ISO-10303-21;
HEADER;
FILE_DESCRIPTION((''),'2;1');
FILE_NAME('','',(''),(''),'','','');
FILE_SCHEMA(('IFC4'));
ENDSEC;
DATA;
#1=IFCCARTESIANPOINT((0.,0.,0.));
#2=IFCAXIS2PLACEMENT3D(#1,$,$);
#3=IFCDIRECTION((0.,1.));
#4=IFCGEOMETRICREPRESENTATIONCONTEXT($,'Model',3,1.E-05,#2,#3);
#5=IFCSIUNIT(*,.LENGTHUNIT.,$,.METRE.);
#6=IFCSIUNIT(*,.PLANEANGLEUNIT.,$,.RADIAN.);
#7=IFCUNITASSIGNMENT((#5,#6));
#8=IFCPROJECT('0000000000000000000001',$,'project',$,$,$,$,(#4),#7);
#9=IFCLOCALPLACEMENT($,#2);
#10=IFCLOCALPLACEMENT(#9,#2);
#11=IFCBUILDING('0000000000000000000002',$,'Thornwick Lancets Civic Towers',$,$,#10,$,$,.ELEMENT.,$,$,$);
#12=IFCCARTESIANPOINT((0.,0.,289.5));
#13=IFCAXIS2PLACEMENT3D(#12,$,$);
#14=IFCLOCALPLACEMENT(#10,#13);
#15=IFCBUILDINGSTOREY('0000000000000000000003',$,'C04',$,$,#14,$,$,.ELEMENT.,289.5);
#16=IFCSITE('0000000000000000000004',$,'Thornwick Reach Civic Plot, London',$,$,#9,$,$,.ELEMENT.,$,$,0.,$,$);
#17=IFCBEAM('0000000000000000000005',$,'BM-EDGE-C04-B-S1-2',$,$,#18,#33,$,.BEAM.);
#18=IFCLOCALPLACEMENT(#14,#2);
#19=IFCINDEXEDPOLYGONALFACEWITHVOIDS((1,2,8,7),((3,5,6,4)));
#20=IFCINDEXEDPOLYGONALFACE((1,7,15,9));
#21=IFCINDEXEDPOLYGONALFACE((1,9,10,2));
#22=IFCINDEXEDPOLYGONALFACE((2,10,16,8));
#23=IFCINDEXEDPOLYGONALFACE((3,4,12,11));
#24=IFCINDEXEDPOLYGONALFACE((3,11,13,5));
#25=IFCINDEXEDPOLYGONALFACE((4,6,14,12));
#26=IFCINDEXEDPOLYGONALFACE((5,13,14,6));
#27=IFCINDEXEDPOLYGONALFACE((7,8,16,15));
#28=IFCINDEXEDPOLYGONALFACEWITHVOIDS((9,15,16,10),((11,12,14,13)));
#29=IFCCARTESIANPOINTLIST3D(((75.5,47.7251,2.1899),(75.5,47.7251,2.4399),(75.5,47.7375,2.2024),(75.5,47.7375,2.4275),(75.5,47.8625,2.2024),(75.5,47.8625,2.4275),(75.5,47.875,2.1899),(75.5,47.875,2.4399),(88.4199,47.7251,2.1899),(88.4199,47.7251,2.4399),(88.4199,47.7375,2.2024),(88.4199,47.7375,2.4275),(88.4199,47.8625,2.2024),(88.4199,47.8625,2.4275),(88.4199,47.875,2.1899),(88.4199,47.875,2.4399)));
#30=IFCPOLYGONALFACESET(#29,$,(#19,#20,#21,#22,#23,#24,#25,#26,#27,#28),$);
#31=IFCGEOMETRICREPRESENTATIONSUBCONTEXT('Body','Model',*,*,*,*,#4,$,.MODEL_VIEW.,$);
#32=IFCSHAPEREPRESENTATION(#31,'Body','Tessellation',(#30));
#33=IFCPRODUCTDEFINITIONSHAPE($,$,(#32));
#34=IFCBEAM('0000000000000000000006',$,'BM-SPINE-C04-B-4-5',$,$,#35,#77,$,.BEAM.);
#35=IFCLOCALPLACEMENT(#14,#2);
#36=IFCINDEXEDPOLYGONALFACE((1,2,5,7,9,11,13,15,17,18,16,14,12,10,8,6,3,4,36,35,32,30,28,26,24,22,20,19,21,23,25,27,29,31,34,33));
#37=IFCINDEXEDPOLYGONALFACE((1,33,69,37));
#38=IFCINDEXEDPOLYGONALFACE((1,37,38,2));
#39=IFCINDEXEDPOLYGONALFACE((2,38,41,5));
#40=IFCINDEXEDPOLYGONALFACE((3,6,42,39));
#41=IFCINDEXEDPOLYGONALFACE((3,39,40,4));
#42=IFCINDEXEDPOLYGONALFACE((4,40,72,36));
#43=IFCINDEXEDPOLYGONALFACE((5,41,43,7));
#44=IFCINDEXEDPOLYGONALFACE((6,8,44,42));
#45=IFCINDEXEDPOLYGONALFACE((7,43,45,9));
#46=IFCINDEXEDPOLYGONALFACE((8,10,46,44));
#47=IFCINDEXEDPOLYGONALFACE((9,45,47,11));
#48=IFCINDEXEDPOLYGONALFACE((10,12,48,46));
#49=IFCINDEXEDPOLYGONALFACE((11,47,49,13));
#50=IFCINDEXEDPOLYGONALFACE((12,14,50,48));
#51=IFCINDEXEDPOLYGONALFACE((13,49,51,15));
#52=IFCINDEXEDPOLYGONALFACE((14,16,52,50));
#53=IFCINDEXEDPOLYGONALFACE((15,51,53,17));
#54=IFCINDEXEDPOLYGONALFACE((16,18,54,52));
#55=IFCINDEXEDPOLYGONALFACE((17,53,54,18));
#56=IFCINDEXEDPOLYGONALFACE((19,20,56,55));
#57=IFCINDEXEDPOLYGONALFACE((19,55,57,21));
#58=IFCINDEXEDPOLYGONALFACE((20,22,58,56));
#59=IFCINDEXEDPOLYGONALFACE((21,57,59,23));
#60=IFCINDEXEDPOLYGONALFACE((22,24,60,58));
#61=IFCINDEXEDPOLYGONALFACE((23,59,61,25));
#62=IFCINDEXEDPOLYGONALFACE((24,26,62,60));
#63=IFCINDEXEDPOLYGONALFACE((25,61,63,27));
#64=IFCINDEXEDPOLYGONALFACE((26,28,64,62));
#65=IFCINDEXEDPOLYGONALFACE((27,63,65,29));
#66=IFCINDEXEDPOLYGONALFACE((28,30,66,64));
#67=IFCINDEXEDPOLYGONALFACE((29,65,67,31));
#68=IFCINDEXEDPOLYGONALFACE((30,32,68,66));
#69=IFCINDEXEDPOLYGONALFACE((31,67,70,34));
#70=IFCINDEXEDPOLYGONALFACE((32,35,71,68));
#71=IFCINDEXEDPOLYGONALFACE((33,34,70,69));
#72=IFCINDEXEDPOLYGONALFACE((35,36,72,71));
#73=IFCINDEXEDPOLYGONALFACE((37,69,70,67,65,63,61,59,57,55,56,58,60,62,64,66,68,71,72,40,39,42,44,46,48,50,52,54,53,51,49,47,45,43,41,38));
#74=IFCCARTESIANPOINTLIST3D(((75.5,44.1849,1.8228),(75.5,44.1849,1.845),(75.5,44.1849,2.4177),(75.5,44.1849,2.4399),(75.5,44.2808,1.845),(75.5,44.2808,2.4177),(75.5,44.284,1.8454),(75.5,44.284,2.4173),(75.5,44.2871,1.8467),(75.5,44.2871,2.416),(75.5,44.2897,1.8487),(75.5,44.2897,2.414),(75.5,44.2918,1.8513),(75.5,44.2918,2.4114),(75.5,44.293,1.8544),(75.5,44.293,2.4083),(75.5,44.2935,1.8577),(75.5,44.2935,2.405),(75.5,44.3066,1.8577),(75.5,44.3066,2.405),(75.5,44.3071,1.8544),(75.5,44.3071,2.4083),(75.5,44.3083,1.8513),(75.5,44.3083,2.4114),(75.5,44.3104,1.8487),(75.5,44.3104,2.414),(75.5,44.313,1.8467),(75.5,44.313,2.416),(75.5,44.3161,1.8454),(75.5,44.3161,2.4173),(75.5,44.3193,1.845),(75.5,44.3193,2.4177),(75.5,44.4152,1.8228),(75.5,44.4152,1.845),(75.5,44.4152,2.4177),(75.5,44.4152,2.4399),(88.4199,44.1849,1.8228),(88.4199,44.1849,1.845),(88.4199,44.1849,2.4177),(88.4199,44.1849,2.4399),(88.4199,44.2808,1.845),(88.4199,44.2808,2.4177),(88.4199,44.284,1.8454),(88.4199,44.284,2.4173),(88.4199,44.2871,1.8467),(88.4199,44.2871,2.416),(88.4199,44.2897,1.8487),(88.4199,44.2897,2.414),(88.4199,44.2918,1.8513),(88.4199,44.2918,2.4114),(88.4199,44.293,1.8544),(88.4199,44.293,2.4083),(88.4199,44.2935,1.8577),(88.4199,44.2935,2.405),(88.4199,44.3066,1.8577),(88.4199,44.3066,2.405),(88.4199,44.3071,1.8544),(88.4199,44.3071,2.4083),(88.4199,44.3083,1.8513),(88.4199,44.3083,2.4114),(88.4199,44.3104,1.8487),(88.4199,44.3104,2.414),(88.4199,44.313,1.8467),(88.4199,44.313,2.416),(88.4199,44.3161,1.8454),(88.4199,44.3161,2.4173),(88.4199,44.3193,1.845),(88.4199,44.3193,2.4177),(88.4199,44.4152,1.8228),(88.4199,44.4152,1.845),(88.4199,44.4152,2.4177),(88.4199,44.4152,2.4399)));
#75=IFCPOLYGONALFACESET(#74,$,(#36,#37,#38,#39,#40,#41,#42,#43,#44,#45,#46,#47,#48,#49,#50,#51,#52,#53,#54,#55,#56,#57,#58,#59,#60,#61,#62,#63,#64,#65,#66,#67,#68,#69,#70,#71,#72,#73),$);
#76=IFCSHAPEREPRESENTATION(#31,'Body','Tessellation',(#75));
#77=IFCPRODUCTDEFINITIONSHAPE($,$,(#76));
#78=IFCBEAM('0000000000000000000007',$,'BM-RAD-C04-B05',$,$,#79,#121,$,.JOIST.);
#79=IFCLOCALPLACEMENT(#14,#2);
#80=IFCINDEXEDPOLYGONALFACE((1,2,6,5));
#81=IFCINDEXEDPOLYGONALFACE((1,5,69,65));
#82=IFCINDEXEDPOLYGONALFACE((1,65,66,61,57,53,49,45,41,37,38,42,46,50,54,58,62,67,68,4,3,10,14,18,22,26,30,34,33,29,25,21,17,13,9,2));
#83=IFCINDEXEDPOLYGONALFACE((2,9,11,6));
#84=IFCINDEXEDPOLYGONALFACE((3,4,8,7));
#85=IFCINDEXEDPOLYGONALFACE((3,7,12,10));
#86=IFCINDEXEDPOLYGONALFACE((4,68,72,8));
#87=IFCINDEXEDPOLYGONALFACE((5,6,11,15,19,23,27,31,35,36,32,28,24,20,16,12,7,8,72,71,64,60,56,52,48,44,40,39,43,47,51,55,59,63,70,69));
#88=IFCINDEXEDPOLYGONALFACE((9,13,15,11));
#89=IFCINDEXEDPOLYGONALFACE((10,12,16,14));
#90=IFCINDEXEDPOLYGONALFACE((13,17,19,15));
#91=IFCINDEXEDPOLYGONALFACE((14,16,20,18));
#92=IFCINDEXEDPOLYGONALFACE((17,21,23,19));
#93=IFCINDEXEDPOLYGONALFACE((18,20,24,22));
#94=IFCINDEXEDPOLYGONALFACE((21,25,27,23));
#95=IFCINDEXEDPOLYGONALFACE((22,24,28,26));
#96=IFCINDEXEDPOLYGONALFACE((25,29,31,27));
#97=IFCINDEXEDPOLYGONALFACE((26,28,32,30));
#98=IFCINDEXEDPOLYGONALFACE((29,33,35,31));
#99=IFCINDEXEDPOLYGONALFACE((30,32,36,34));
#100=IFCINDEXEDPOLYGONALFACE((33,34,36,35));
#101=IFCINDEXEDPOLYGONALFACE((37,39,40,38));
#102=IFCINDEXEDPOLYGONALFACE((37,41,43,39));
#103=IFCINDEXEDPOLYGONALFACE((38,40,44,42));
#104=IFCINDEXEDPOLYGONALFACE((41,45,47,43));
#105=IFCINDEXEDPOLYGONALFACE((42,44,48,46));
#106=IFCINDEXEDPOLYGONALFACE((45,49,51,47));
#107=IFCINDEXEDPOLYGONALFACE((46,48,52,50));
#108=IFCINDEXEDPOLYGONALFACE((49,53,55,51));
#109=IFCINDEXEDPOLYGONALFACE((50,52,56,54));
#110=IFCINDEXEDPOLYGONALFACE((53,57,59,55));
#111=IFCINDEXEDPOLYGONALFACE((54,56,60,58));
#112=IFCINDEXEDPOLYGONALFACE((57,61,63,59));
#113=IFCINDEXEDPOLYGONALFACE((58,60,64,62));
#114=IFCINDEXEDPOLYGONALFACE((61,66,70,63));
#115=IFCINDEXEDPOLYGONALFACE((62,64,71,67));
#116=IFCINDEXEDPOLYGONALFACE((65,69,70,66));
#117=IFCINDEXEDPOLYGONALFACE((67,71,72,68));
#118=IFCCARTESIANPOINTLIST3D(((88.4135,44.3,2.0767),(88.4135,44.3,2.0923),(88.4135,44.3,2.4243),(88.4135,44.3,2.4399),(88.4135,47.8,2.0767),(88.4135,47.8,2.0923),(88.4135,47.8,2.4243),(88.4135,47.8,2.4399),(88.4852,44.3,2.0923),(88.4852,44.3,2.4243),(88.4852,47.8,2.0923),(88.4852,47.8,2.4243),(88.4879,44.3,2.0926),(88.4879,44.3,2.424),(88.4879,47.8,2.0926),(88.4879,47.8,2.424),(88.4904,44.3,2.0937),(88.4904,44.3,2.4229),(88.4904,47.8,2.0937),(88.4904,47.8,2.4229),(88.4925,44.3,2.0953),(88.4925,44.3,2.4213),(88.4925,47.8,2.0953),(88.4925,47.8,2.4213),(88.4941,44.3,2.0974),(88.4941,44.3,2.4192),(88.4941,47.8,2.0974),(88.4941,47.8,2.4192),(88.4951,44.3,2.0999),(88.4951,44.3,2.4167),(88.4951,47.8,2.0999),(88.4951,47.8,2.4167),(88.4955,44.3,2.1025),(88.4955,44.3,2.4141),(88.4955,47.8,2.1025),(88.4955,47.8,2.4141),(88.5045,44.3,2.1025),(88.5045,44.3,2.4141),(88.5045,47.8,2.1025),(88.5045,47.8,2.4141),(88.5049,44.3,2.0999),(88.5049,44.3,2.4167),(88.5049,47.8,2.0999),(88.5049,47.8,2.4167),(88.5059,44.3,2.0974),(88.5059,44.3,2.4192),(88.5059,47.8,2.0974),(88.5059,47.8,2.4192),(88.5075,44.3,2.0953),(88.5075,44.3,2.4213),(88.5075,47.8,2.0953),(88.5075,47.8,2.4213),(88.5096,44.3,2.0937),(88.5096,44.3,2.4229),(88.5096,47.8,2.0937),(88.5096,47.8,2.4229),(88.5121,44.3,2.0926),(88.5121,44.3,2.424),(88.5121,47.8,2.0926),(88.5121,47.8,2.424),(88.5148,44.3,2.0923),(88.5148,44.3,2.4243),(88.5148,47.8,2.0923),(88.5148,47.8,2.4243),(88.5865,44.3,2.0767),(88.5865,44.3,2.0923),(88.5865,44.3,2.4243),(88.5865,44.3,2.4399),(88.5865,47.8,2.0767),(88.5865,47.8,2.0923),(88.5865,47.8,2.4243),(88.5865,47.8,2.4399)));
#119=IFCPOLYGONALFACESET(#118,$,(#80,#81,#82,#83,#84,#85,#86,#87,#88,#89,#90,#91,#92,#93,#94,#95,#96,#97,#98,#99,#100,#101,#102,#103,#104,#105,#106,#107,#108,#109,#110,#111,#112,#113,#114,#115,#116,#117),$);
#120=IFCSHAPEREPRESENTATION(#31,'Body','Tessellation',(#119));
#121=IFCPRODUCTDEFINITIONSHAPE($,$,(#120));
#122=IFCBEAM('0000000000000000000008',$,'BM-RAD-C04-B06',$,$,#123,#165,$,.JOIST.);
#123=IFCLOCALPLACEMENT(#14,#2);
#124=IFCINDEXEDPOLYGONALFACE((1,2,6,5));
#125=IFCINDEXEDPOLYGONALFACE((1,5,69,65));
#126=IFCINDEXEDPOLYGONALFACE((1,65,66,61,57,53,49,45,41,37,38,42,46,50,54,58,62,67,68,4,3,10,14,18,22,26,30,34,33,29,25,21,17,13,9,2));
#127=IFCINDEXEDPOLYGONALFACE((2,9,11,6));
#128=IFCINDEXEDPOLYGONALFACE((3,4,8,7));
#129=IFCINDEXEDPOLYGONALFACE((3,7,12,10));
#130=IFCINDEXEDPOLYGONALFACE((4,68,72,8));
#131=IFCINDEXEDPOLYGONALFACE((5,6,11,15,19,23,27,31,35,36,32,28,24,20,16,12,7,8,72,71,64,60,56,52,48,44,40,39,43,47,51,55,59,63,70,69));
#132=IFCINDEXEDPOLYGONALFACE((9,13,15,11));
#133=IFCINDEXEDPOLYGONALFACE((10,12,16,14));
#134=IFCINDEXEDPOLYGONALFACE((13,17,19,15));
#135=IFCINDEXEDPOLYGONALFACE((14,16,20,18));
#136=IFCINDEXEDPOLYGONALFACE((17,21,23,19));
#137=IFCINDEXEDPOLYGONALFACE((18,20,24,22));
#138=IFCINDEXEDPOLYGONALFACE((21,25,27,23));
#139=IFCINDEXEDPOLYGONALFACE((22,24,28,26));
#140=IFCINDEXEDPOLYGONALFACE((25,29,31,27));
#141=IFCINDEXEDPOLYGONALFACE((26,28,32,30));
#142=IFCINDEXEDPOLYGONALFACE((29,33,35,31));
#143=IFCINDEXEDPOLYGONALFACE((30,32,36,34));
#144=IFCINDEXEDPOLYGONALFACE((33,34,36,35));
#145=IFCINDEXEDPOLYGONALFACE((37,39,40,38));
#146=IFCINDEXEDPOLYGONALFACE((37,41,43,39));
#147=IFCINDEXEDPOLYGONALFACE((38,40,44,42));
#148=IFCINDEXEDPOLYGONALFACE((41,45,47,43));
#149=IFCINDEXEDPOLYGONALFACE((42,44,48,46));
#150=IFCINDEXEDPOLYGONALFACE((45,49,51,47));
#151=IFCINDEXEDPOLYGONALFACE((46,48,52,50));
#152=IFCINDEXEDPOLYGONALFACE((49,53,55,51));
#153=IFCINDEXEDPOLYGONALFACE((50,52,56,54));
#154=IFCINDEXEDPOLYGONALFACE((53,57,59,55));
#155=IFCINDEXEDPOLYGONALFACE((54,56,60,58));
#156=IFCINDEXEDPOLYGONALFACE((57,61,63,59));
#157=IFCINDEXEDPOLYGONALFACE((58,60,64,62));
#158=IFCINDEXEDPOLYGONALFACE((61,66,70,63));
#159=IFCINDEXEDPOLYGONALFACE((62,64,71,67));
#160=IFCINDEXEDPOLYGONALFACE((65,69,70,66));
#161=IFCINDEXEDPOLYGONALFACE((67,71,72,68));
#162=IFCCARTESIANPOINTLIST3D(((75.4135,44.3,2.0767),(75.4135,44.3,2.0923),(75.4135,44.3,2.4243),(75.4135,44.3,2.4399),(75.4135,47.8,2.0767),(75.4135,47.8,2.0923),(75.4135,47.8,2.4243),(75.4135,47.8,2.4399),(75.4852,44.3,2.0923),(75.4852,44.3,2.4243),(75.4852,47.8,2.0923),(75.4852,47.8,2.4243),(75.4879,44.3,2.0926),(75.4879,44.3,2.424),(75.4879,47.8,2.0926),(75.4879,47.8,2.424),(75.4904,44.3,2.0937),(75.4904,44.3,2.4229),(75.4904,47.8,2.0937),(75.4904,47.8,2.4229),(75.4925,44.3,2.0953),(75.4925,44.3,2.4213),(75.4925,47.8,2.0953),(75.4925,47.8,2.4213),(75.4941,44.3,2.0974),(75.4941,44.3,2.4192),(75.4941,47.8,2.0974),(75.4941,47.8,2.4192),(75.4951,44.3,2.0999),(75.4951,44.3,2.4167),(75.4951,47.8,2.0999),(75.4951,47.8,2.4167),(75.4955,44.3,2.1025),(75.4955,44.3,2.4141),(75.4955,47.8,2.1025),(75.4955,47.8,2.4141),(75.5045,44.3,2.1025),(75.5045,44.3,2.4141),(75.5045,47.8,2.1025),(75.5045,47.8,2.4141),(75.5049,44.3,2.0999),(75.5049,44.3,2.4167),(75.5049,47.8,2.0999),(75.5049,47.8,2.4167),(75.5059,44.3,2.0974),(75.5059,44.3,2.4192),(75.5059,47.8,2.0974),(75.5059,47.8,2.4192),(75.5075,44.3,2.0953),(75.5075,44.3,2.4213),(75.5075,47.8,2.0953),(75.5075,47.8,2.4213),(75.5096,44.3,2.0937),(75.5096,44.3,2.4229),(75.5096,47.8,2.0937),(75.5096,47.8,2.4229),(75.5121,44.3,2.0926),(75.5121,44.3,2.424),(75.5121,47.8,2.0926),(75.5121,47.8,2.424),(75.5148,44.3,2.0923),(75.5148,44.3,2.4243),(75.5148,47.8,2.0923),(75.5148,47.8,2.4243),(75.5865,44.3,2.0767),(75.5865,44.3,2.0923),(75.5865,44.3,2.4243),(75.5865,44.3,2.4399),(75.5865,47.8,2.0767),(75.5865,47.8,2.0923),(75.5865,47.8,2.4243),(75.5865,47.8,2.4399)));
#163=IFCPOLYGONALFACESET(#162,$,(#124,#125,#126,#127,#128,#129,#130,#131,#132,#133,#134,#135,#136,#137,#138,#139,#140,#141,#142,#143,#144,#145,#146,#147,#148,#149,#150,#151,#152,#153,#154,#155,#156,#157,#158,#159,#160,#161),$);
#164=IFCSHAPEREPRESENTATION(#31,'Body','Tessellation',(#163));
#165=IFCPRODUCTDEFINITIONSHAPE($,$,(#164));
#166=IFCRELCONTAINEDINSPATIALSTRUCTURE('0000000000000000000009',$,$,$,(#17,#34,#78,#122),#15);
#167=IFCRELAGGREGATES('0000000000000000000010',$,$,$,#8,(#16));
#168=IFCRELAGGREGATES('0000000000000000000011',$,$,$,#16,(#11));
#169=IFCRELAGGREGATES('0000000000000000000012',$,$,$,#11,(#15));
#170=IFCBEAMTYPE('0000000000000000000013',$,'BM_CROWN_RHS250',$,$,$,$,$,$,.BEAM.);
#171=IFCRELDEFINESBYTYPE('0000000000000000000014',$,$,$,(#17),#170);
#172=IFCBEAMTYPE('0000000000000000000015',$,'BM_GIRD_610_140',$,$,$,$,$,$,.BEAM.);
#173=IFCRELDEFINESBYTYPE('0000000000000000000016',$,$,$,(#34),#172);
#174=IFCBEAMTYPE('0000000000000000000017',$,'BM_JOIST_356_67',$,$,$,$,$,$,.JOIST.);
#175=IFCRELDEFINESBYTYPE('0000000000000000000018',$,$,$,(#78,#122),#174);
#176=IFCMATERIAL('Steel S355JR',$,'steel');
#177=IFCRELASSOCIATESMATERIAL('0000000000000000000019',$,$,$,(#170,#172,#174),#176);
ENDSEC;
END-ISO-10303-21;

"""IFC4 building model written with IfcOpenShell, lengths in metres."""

from ifc_helpers import new_model, si_unit, direction, frame, origin, origin_2d, place, context, subcontext, project, spatial, hollow_rectangle, i_section, extrude, material, material_profile, profile_set, type_object, element, save


model = new_model("IFC4")

# Units and contexts
model_context = context("Model", 3, precision=1e-05, world=origin(), true_north=direction((0.0, 1.0)))
body_context = subcontext(model_context, "Body", "Model", "MODEL_VIEW")
ifc_project = project(units=[si_unit("LENGTHUNIT", "METRE"), si_unit("PLANEANGLEUNIT", "RADIAN")], contexts=[model_context])

# Site, building, storey
site_placement = place(None, origin())
site = spatial("IfcSite", under=ifc_project, at=site_placement, Name="Thornwick Reach Civic Plot, London", CompositionType="ELEMENT", RefElevation=0.0)
building_placement = place(site_placement, origin())
building = spatial("IfcBuilding", under=site, at=building_placement, Name="Thornwick Lancets Civic Towers", CompositionType="ELEMENT")
storey_placement = place(building_placement, frame((0.0, 0.0, 289.5)))
storey = spatial("IfcBuildingStorey", under=building, at=storey_placement, Name="C04", CompositionType="ELEMENT", Elevation=289.5)

# Shared definitions
ifc_material_1 = material(Name="Steel S355JR", Category="steel")

# Beams
ifc_material_profile_1 = material_profile(ifc_material_1, hollow_rectangle(XDim=0.1499, YDim=0.25, WallThickness=0.0125, at=origin_2d()), Name="RHS 250x150x12.5")
ifc_profile_set_1 = profile_set([ifc_material_profile_1], Name="Steel S355JR")
beam_type_1 = type_object("IfcBeamType", Name="BM_CROWN_RHS250", PredefinedType="BEAM", material=ifc_profile_set_1)
beam_1_placement = place(storey_placement, frame((88.4199, 47.8, 2.3149), z_axis=(-1.0, 0.0, 0.0), x_axis=(0.0, -1.0, 0.0)))
element("IfcBeam", 1, at=beam_1_placement, inside=storey, type_object=beam_type_1, Name="BM-EDGE-C04-B-S1-2", PredefinedType="BEAM", context=body_context, shape_type="SweptSolid", body=[
    extrude(hollow_rectangle(XDim=0.1499, YDim=0.25, WallThickness=0.0125, at=origin_2d()), origin(), (0.0, 0.0, 1.0), 12.9199),
])
ifc_material_profile_2 = material_profile(ifc_material_1, i_section(OverallWidth=0.2302, OverallDepth=0.6172, WebThickness=0.0132, FlangeThickness=0.0222, FilletRadius=0.0127, at=origin_2d()), Name="UKB 610x229x140")
ifc_profile_set_2 = profile_set([ifc_material_profile_2], Name="Steel S355JR")
beam_type_2 = type_object("IfcBeamType", Name="BM_GIRD_610_140", PredefinedType="BEAM", material=ifc_profile_set_2)
beam_2_placement = place(storey_placement, frame((88.4199, 44.3, 2.1313), z_axis=(-1.0, 0.0, 0.0), x_axis=(0.0, -1.0, 0.0)))
element("IfcBeam", 2, at=beam_2_placement, inside=storey, type_object=beam_type_2, Name="BM-SPINE-C04-B-4-5", PredefinedType="BEAM", context=body_context, shape_type="SweptSolid", body=[
    extrude(i_section(OverallWidth=0.2302, OverallDepth=0.6172, WebThickness=0.0132, FlangeThickness=0.0222, FilletRadius=0.0127, at=origin_2d()), origin(), (0.0, 0.0, 1.0), 12.9199),
])
ifc_material_profile_3 = material_profile(ifc_material_1, i_section(OverallWidth=0.1731, OverallDepth=0.3633, WebThickness=0.009, FlangeThickness=0.0156, FilletRadius=0.0103, at=origin_2d()), Name="UKB 356x171x67")
ifc_profile_set_3 = profile_set([ifc_material_profile_3], Name="Steel S355JR")
beam_type_3 = type_object("IfcBeamType", Name="BM_JOIST_356_67", PredefinedType="JOIST", material=ifc_profile_set_3)
for number, where, z_axis, x_axis, name in (
    (3, (88.5, 44.3, 2.2583), (0.0, 1.0, 0.0), (-1.0, 0.0, 0.0), "BM-RAD-C04-B05"),
    (4, (75.5, 44.3, 2.2583), (0.0, 1.0, 0.0), (-1.0, 0.0, 0.0), "BM-RAD-C04-B06"),
):
    element("IfcBeam", number, at=place(storey_placement, frame(where, z_axis=z_axis, x_axis=x_axis)), inside=storey, type_object=beam_type_3, Name=name, PredefinedType="JOIST", context=body_context, shape_type="SweptSolid", body=[
        extrude(i_section(OverallWidth=0.1731, OverallDepth=0.3633, WebThickness=0.009, FlangeThickness=0.0156, FilletRadius=0.0103, at=origin_2d()), origin(), (0.0, 0.0, 1.0), 3.5),
    ])

save(model, "model.ifc")
